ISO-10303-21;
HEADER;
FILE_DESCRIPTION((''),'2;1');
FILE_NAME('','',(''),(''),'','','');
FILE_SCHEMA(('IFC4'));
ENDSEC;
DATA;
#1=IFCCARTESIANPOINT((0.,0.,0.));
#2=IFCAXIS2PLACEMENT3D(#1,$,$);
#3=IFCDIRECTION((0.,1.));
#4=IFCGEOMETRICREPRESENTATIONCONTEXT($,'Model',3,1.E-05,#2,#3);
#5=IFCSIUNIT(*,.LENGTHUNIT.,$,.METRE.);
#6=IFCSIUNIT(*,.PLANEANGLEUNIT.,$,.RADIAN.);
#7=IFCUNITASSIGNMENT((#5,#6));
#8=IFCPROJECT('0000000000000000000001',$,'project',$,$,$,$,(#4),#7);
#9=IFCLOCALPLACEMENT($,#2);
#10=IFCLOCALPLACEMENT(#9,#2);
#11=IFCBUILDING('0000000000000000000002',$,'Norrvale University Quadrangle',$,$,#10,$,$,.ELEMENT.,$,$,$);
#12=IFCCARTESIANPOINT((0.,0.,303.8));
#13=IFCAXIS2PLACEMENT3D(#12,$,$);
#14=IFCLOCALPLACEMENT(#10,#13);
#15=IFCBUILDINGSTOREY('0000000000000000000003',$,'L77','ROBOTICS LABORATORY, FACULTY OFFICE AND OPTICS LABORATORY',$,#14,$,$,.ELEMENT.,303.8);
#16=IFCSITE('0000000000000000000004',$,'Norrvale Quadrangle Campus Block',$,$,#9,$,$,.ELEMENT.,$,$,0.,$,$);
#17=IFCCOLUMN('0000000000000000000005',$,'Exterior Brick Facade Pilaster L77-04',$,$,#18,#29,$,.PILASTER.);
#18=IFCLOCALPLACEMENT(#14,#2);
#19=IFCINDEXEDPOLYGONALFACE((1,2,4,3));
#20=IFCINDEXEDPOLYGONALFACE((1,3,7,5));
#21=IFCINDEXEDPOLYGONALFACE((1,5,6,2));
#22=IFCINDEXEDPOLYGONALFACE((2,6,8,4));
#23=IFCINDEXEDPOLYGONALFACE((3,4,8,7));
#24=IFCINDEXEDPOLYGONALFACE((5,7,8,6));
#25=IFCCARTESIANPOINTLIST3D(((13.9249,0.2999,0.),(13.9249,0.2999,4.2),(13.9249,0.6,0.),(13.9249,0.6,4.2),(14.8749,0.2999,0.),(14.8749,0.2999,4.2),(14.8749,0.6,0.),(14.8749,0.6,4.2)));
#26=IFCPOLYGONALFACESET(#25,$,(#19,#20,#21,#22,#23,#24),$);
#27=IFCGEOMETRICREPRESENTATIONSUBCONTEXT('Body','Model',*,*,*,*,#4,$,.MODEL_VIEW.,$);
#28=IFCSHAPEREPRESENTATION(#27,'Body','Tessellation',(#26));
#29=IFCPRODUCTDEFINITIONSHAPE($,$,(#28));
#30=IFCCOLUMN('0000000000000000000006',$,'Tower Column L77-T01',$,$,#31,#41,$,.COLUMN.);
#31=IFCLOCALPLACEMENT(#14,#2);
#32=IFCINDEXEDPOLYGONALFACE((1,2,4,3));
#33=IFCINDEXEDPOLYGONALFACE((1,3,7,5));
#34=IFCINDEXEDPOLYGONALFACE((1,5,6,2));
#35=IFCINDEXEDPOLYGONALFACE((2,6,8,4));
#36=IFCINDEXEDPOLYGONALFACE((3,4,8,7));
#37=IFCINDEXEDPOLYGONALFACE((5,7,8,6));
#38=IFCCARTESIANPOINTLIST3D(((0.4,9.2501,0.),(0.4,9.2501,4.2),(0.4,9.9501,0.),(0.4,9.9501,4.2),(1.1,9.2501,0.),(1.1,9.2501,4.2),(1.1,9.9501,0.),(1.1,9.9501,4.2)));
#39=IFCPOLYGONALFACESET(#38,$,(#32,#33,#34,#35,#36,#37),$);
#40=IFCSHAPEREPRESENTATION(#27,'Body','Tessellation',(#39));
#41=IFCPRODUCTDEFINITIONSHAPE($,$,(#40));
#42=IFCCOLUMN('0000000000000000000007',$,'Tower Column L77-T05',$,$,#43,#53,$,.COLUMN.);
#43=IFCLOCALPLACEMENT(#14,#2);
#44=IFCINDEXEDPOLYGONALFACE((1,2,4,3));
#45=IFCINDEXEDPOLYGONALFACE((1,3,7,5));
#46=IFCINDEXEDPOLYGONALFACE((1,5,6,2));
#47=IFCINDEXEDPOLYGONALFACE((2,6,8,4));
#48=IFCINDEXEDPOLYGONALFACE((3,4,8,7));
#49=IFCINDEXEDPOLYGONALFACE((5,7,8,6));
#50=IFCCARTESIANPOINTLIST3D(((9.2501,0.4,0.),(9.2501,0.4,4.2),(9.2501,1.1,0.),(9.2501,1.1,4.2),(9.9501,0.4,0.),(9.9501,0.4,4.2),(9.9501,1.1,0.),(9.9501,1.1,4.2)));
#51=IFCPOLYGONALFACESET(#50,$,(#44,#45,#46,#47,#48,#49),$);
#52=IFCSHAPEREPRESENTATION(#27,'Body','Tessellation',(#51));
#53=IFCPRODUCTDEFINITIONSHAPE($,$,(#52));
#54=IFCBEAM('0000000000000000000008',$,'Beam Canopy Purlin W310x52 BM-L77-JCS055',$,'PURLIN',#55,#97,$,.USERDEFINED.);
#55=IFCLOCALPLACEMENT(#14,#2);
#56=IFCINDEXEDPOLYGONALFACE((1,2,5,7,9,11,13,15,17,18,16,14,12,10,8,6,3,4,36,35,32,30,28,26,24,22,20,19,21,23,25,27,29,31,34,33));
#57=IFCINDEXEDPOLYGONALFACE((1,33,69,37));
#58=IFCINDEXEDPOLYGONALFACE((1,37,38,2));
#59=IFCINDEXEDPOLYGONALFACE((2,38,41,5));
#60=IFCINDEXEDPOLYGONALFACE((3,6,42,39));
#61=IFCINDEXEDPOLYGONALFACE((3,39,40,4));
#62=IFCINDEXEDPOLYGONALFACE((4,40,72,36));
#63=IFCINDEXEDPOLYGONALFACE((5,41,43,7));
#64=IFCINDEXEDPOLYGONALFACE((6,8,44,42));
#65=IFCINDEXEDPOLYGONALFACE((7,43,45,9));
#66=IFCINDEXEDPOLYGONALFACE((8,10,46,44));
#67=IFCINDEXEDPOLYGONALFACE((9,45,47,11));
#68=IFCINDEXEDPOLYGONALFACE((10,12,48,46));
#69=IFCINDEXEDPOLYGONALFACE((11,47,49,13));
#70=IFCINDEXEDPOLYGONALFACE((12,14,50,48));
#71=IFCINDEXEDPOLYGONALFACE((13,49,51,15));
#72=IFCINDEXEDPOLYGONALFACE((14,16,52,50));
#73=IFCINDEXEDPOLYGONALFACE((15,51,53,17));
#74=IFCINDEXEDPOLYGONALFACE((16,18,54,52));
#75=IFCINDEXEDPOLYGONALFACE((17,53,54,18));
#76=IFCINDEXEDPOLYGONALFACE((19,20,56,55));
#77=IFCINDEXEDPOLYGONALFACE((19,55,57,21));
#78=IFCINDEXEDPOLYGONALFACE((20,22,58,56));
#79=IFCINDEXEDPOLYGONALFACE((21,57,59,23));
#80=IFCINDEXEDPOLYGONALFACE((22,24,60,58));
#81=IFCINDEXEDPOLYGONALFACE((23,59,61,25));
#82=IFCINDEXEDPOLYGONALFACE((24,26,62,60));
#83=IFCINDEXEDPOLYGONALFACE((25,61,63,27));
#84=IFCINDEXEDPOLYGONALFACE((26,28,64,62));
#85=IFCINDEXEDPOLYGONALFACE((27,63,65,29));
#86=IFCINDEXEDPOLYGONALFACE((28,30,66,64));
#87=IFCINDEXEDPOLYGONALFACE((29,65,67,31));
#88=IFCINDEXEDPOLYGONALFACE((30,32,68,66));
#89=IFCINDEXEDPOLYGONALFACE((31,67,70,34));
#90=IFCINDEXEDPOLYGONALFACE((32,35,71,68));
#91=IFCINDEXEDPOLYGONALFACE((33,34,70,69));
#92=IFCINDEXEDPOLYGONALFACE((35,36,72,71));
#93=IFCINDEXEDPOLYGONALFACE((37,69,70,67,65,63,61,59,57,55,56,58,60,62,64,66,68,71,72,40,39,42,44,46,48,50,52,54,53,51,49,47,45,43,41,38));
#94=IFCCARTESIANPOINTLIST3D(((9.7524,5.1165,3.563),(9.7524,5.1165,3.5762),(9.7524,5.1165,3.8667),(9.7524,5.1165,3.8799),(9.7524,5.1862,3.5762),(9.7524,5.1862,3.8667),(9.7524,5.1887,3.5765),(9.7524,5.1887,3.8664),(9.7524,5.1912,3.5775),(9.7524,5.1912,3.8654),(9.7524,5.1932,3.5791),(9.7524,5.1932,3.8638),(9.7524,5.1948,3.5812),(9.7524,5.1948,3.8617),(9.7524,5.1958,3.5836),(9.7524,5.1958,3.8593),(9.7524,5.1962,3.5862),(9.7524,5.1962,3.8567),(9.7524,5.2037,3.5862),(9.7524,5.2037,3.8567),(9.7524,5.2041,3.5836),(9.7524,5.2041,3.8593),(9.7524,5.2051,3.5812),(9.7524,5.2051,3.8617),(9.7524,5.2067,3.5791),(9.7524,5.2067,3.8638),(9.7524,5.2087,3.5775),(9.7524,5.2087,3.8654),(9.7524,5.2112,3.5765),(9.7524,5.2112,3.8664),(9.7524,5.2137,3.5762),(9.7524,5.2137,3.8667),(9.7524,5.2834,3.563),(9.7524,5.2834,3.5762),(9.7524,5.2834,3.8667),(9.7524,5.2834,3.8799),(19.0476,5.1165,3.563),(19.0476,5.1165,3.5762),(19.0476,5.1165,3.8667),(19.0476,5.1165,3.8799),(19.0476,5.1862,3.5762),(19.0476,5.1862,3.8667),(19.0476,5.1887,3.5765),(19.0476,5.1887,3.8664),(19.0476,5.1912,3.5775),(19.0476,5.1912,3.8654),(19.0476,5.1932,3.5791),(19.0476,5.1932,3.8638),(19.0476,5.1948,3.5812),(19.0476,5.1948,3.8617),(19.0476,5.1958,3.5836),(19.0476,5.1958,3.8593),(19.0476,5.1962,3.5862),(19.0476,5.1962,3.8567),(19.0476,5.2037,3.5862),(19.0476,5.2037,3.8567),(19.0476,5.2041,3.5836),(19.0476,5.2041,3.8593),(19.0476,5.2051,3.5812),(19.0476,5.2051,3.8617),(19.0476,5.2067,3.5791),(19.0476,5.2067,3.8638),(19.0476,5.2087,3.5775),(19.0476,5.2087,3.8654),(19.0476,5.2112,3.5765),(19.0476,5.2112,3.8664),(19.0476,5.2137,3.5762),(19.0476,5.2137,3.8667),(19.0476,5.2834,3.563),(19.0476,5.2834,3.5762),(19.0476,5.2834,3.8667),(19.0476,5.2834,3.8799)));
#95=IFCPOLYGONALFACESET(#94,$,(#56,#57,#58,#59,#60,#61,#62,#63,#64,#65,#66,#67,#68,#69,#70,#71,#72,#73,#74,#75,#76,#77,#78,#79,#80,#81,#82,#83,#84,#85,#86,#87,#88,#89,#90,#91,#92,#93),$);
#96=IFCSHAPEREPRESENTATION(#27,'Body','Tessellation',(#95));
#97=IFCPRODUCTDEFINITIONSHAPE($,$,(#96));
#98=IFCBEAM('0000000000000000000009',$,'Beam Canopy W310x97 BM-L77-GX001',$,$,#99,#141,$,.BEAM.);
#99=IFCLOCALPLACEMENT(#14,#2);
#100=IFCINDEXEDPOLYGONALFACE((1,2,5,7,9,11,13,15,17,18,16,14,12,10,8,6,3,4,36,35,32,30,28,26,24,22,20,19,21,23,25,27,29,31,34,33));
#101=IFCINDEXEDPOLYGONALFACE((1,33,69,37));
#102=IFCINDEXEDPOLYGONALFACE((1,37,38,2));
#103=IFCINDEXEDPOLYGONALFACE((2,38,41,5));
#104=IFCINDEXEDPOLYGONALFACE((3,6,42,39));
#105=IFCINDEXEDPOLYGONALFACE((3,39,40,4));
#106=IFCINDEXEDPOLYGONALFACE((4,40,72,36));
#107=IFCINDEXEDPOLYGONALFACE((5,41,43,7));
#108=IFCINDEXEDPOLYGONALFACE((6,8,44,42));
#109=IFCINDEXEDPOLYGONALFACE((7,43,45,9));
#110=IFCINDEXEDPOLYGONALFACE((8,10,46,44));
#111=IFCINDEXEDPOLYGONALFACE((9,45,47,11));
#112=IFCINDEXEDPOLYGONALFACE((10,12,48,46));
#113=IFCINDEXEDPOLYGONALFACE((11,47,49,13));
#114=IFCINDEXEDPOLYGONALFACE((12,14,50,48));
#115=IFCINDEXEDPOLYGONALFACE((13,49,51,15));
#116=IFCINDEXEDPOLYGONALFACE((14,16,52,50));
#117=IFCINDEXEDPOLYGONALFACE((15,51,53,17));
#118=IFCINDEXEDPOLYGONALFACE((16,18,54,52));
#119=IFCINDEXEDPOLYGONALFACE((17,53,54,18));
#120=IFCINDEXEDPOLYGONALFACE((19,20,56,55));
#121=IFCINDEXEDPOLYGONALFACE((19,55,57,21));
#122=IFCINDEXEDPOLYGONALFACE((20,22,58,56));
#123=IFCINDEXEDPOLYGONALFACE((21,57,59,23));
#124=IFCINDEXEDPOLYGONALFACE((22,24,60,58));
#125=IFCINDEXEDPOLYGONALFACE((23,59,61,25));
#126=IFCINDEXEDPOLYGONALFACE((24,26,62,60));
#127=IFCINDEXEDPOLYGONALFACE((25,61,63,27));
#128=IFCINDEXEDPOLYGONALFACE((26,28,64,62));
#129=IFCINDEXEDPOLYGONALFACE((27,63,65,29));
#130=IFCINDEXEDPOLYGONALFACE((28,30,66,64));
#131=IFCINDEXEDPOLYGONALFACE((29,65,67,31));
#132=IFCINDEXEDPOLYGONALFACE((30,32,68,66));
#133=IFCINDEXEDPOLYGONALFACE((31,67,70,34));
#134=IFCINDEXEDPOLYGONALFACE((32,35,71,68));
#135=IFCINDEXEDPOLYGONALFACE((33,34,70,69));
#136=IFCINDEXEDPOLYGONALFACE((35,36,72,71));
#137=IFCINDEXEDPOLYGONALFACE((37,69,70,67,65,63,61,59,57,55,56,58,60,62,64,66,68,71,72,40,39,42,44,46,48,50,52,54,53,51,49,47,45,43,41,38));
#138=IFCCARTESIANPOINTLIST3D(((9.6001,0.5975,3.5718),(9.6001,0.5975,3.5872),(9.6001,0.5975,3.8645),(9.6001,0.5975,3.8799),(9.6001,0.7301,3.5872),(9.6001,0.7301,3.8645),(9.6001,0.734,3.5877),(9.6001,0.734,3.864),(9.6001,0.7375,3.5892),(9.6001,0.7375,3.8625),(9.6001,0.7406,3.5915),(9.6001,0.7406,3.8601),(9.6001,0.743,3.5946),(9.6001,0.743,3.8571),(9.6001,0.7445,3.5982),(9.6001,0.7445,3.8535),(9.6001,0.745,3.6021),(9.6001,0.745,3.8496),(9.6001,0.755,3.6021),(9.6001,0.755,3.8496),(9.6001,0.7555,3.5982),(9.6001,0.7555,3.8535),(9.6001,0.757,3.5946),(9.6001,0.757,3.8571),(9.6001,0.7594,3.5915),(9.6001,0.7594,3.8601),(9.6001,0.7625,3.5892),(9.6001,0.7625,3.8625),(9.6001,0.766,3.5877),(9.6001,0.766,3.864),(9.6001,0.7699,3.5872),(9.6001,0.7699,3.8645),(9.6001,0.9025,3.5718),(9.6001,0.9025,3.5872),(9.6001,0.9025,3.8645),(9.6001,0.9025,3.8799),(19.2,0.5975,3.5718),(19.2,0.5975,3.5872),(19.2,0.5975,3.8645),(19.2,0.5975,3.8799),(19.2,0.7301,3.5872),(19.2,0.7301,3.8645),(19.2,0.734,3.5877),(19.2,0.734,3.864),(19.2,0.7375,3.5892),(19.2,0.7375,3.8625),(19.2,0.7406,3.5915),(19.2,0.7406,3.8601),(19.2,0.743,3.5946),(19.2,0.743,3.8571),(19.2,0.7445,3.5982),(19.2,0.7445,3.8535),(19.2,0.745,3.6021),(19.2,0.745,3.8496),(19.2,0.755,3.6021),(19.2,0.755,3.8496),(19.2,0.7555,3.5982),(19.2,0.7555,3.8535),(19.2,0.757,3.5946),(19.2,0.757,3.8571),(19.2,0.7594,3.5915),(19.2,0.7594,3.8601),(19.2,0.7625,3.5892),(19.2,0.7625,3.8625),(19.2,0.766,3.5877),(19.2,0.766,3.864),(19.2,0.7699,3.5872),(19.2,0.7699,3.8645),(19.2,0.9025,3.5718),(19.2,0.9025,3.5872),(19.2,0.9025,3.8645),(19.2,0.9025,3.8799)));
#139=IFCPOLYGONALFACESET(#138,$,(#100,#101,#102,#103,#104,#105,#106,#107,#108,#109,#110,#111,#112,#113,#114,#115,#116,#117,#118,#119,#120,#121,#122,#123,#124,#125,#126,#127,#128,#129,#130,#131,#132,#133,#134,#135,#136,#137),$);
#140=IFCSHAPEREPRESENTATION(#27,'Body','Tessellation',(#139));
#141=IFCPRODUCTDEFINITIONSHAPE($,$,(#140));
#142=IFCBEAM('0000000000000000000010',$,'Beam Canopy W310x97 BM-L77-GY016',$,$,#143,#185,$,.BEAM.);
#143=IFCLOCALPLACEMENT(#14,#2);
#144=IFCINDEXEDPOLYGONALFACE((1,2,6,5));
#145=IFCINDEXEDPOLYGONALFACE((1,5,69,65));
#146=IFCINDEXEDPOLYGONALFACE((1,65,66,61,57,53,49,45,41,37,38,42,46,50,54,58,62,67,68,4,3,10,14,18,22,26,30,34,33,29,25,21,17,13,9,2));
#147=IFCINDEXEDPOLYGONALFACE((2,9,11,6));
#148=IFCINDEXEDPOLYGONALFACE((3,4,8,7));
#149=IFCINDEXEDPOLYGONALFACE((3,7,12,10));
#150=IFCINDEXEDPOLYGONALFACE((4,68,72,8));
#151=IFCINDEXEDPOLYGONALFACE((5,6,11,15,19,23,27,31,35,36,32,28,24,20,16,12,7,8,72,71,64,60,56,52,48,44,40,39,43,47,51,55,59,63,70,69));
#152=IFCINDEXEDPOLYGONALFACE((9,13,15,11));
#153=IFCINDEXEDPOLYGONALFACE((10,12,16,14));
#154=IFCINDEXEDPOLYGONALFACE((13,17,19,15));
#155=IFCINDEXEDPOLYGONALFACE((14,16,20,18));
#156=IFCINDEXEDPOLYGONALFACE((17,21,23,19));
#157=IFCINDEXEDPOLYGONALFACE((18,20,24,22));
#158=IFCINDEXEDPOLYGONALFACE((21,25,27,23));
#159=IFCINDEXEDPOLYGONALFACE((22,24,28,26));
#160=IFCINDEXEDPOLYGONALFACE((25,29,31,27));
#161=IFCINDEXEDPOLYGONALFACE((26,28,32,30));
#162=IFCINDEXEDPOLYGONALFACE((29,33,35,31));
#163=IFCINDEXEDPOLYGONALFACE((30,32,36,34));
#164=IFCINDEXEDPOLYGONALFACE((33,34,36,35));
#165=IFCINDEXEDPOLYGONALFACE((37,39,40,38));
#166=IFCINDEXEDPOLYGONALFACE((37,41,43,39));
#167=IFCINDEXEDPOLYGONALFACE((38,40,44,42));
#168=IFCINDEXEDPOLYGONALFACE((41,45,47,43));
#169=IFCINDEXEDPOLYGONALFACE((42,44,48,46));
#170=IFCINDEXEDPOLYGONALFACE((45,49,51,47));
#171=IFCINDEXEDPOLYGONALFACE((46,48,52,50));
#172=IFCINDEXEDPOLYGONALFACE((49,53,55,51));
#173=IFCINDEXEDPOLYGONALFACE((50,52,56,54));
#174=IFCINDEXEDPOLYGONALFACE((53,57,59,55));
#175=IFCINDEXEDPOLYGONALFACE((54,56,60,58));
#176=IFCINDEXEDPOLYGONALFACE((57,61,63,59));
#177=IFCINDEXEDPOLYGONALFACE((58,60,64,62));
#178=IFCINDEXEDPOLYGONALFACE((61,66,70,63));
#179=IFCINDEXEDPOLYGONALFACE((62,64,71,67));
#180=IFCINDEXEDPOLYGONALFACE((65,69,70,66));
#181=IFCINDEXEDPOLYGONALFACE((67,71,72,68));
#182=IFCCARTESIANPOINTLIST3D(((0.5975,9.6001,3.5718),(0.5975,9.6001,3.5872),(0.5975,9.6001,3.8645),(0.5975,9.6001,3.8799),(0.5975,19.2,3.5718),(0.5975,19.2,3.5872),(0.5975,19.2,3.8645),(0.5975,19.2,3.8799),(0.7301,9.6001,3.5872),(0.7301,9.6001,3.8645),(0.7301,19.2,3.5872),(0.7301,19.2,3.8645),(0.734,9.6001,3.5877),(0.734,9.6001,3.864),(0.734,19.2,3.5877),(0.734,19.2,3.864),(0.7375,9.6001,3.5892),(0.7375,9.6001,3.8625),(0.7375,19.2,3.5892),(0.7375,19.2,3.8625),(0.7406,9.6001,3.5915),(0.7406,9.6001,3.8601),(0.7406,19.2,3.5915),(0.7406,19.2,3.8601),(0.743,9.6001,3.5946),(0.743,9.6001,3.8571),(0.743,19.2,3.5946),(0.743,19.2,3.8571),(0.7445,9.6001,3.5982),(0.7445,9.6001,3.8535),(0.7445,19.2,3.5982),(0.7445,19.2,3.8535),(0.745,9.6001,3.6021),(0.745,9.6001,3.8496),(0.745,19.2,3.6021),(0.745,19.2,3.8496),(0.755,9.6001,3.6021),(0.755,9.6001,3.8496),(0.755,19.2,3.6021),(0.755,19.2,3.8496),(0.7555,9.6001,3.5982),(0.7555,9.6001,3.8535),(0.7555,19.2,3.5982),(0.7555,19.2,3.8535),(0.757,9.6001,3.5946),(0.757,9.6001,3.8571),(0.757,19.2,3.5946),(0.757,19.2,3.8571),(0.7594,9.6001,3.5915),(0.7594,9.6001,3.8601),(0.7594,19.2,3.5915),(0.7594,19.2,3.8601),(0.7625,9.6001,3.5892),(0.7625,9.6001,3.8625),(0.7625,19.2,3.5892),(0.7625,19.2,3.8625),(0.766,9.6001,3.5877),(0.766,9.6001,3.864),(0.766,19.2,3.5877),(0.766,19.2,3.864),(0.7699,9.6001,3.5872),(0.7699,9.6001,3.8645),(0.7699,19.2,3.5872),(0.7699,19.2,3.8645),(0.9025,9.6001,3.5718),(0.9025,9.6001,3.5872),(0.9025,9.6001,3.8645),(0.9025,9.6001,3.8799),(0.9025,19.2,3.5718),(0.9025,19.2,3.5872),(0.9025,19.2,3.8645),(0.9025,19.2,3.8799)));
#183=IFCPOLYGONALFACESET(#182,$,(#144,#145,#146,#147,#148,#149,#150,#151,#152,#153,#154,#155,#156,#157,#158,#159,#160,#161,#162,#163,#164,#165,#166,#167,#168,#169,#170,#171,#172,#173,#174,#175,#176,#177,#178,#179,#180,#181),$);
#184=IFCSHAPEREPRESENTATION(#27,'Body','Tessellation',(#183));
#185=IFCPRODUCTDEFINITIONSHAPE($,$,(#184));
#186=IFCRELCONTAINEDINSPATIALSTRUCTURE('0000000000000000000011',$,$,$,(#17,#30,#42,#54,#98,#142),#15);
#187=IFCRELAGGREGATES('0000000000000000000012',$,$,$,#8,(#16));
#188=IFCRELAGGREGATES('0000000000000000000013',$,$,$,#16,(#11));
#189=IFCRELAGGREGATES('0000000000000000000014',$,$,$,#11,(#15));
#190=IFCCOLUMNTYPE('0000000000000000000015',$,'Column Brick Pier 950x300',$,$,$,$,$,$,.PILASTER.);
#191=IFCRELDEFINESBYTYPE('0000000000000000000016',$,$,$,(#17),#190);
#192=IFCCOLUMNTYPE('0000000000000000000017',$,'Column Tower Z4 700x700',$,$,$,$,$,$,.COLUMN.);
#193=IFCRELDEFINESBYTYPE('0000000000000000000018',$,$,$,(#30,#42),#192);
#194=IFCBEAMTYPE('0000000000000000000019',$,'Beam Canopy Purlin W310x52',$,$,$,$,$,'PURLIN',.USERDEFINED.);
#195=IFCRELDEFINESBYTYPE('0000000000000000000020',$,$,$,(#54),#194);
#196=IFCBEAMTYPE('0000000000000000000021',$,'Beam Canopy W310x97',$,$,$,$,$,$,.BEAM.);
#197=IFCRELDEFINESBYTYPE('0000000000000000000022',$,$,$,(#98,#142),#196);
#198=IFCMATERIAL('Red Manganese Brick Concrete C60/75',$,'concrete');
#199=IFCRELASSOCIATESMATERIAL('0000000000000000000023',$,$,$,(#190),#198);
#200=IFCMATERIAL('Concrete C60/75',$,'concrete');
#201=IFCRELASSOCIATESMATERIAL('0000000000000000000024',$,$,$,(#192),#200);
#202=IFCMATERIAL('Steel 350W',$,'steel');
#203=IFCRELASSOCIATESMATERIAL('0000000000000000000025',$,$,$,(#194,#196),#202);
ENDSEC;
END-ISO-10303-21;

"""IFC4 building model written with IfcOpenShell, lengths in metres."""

from ifc_helpers import new_model, si_unit, direction, frame, origin, origin_2d, place, context, subcontext, project, spatial, rectangle, i_section, extrude, material, material_profile, profile_set, type_object, element, save


model = new_model("IFC4")

# Units and contexts
model_context = context("Model", 3, precision=1e-05, world=origin(), true_north=direction((0.0, 1.0)))
body_context = subcontext(model_context, "Body", "Model", "MODEL_VIEW")
ifc_project = project(units=[si_unit("LENGTHUNIT", "METRE"), si_unit("PLANEANGLEUNIT", "RADIAN")], contexts=[model_context])

# Site, building, storey
site_placement = place(None, origin())
site = spatial("IfcSite", under=ifc_project, at=site_placement, Name="Norrvale Quadrangle Campus Block", CompositionType="ELEMENT", RefElevation=0.0)
building_placement = place(site_placement, origin())
building = spatial("IfcBuilding", under=site, at=building_placement, Name="Norrvale University Quadrangle", CompositionType="ELEMENT")
storey_placement = place(building_placement, frame((0.0, 0.0, 303.8)))
storey = spatial("IfcBuildingStorey", under=building, at=storey_placement, Name="L77", Description="ROBOTICS LABORATORY, FACULTY OFFICE AND OPTICS LABORATORY", CompositionType="ELEMENT", Elevation=303.8)

# Columns
ifc_material_1 = material(Name="Red Manganese Brick Concrete C60/75", Category="concrete")
ifc_material_profile_1 = material_profile(ifc_material_1, rectangle(XDim=0.95, YDim=0.3, at=origin_2d()), Name="Red Manganese Brick Concrete C60/75")
ifc_profile_set_1 = profile_set([ifc_material_profile_1], Name="Red Manganese Brick Concrete C60/75")
column_type_1 = type_object("IfcColumnType", Name="Column Brick Pier 950x300", PredefinedType="PILASTER", material=ifc_profile_set_1)
column_placement = place(storey_placement, frame((14.3999, 0.45, 0.0), z_axis=(0.0, 0.0, 1.0), x_axis=(1.0, 0.0, 0.0)))
element("IfcColumn", 1, at=column_placement, inside=storey, type_object=column_type_1, Name="Exterior Brick Facade Pilaster L77-04", PredefinedType="PILASTER", context=body_context, shape_type="SweptSolid", body=[
    extrude(rectangle(XDim=0.95, YDim=0.3, at=origin_2d()), origin(), (0.0, 0.0, 1.0), 4.2),
])
ifc_material_2 = material(Name="Concrete C60/75", Category="concrete")
ifc_material_profile_2 = material_profile(ifc_material_2, rectangle(XDim=0.7, YDim=0.7, at=origin_2d()), Name="Concrete C60/75")
ifc_profile_set_2 = profile_set([ifc_material_profile_2], Name="Concrete C60/75")
column_type_2 = type_object("IfcColumnType", Name="Column Tower Z4 700x700", PredefinedType="COLUMN", material=ifc_profile_set_2)
for number, where, z_axis, x_axis, name in (
    (2, (0.75, 9.6001, 0.0), (0.0, 0.0, 1.0), (1.0, 0.0, 0.0), "Tower Column L77-T01"),
    (3, (9.6001, 0.75, 0.0), (0.0, 0.0, 1.0), (1.0, 0.0, 0.0), "Tower Column L77-T05"),
):
    element("IfcColumn", number, at=place(storey_placement, frame(where, z_axis=z_axis, x_axis=x_axis)), inside=storey, type_object=column_type_2, Name=name, PredefinedType="COLUMN", context=body_context, shape_type="SweptSolid", body=[
        extrude(rectangle(XDim=0.7, YDim=0.7, at=origin_2d()), origin(), (0.0, 0.0, 1.0), 4.2),
    ])

# Beams
ifc_material_3 = material(Name="Steel 350W", Category="steel")
ifc_material_profile_3 = material_profile(ifc_material_3, i_section(OverallWidth=0.167, OverallDepth=0.3169, WebThickness=0.0076, FlangeThickness=0.0132, FilletRadius=0.01, at=origin_2d()), Name="Steel 350W")
ifc_profile_set_3 = profile_set([ifc_material_profile_3], Name="Steel 350W")
beam_type_1 = type_object("IfcBeamType", Name="Beam Canopy Purlin W310x52", ElementType="PURLIN", PredefinedType="USERDEFINED", material=ifc_profile_set_3)
beam_1_placement = place(storey_placement, frame((9.7524, 5.2, 3.7214), z_axis=(1.0, 0.0, 0.0), x_axis=(0.0, 1.0, 0.0)))
element("IfcBeam", 4, at=beam_1_placement, inside=storey, type_object=beam_type_1, Name="Beam Canopy Purlin W310x52 BM-L77-JCS055", ObjectType="PURLIN", PredefinedType="USERDEFINED", context=body_context, shape_type="SweptSolid", body=[
    extrude(i_section(OverallWidth=0.167, OverallDepth=0.3169, WebThickness=0.0076, FlangeThickness=0.0132, FilletRadius=0.01, at=origin_2d()), origin(), (0.0, 0.0, 1.0), 9.2952),
])
ifc_material_profile_4 = material_profile(ifc_material_3, i_section(OverallWidth=0.3049, OverallDepth=0.3081, WebThickness=0.01, FlangeThickness=0.0154, FilletRadius=0.0149, at=origin_2d()), Name="Steel 350W")
ifc_profile_set_4 = profile_set([ifc_material_profile_4], Name="Steel 350W")
beam_type_2 = type_object("IfcBeamType", Name="Beam Canopy W310x97", PredefinedType="BEAM", material=ifc_profile_set_4)
for number, where, z_axis, x_axis, name in (
    (5, (9.6001, 0.75, 3.7258), (1.0, 0.0, 0.0), (0.0, 1.0, 0.0), "Beam Canopy W310x97 BM-L77-GX001"),
    (6, (0.75, 9.6001, 3.7258), (0.0, 1.0, 0.0), (-1.0, 0.0, 0.0), "Beam Canopy W310x97 BM-L77-GY016"),
):
    element("IfcBeam", number, at=place(storey_placement, frame(where, z_axis=z_axis, x_axis=x_axis)), inside=storey, type_object=beam_type_2, Name=name, PredefinedType="BEAM", context=body_context, shape_type="SweptSolid", body=[
        extrude(i_section(OverallWidth=0.3049, OverallDepth=0.3081, WebThickness=0.01, FlangeThickness=0.0154, FilletRadius=0.0149, at=origin_2d()), origin(), (0.0, 0.0, 1.0), 9.5999),
    ])

save(model, "model.ifc")
